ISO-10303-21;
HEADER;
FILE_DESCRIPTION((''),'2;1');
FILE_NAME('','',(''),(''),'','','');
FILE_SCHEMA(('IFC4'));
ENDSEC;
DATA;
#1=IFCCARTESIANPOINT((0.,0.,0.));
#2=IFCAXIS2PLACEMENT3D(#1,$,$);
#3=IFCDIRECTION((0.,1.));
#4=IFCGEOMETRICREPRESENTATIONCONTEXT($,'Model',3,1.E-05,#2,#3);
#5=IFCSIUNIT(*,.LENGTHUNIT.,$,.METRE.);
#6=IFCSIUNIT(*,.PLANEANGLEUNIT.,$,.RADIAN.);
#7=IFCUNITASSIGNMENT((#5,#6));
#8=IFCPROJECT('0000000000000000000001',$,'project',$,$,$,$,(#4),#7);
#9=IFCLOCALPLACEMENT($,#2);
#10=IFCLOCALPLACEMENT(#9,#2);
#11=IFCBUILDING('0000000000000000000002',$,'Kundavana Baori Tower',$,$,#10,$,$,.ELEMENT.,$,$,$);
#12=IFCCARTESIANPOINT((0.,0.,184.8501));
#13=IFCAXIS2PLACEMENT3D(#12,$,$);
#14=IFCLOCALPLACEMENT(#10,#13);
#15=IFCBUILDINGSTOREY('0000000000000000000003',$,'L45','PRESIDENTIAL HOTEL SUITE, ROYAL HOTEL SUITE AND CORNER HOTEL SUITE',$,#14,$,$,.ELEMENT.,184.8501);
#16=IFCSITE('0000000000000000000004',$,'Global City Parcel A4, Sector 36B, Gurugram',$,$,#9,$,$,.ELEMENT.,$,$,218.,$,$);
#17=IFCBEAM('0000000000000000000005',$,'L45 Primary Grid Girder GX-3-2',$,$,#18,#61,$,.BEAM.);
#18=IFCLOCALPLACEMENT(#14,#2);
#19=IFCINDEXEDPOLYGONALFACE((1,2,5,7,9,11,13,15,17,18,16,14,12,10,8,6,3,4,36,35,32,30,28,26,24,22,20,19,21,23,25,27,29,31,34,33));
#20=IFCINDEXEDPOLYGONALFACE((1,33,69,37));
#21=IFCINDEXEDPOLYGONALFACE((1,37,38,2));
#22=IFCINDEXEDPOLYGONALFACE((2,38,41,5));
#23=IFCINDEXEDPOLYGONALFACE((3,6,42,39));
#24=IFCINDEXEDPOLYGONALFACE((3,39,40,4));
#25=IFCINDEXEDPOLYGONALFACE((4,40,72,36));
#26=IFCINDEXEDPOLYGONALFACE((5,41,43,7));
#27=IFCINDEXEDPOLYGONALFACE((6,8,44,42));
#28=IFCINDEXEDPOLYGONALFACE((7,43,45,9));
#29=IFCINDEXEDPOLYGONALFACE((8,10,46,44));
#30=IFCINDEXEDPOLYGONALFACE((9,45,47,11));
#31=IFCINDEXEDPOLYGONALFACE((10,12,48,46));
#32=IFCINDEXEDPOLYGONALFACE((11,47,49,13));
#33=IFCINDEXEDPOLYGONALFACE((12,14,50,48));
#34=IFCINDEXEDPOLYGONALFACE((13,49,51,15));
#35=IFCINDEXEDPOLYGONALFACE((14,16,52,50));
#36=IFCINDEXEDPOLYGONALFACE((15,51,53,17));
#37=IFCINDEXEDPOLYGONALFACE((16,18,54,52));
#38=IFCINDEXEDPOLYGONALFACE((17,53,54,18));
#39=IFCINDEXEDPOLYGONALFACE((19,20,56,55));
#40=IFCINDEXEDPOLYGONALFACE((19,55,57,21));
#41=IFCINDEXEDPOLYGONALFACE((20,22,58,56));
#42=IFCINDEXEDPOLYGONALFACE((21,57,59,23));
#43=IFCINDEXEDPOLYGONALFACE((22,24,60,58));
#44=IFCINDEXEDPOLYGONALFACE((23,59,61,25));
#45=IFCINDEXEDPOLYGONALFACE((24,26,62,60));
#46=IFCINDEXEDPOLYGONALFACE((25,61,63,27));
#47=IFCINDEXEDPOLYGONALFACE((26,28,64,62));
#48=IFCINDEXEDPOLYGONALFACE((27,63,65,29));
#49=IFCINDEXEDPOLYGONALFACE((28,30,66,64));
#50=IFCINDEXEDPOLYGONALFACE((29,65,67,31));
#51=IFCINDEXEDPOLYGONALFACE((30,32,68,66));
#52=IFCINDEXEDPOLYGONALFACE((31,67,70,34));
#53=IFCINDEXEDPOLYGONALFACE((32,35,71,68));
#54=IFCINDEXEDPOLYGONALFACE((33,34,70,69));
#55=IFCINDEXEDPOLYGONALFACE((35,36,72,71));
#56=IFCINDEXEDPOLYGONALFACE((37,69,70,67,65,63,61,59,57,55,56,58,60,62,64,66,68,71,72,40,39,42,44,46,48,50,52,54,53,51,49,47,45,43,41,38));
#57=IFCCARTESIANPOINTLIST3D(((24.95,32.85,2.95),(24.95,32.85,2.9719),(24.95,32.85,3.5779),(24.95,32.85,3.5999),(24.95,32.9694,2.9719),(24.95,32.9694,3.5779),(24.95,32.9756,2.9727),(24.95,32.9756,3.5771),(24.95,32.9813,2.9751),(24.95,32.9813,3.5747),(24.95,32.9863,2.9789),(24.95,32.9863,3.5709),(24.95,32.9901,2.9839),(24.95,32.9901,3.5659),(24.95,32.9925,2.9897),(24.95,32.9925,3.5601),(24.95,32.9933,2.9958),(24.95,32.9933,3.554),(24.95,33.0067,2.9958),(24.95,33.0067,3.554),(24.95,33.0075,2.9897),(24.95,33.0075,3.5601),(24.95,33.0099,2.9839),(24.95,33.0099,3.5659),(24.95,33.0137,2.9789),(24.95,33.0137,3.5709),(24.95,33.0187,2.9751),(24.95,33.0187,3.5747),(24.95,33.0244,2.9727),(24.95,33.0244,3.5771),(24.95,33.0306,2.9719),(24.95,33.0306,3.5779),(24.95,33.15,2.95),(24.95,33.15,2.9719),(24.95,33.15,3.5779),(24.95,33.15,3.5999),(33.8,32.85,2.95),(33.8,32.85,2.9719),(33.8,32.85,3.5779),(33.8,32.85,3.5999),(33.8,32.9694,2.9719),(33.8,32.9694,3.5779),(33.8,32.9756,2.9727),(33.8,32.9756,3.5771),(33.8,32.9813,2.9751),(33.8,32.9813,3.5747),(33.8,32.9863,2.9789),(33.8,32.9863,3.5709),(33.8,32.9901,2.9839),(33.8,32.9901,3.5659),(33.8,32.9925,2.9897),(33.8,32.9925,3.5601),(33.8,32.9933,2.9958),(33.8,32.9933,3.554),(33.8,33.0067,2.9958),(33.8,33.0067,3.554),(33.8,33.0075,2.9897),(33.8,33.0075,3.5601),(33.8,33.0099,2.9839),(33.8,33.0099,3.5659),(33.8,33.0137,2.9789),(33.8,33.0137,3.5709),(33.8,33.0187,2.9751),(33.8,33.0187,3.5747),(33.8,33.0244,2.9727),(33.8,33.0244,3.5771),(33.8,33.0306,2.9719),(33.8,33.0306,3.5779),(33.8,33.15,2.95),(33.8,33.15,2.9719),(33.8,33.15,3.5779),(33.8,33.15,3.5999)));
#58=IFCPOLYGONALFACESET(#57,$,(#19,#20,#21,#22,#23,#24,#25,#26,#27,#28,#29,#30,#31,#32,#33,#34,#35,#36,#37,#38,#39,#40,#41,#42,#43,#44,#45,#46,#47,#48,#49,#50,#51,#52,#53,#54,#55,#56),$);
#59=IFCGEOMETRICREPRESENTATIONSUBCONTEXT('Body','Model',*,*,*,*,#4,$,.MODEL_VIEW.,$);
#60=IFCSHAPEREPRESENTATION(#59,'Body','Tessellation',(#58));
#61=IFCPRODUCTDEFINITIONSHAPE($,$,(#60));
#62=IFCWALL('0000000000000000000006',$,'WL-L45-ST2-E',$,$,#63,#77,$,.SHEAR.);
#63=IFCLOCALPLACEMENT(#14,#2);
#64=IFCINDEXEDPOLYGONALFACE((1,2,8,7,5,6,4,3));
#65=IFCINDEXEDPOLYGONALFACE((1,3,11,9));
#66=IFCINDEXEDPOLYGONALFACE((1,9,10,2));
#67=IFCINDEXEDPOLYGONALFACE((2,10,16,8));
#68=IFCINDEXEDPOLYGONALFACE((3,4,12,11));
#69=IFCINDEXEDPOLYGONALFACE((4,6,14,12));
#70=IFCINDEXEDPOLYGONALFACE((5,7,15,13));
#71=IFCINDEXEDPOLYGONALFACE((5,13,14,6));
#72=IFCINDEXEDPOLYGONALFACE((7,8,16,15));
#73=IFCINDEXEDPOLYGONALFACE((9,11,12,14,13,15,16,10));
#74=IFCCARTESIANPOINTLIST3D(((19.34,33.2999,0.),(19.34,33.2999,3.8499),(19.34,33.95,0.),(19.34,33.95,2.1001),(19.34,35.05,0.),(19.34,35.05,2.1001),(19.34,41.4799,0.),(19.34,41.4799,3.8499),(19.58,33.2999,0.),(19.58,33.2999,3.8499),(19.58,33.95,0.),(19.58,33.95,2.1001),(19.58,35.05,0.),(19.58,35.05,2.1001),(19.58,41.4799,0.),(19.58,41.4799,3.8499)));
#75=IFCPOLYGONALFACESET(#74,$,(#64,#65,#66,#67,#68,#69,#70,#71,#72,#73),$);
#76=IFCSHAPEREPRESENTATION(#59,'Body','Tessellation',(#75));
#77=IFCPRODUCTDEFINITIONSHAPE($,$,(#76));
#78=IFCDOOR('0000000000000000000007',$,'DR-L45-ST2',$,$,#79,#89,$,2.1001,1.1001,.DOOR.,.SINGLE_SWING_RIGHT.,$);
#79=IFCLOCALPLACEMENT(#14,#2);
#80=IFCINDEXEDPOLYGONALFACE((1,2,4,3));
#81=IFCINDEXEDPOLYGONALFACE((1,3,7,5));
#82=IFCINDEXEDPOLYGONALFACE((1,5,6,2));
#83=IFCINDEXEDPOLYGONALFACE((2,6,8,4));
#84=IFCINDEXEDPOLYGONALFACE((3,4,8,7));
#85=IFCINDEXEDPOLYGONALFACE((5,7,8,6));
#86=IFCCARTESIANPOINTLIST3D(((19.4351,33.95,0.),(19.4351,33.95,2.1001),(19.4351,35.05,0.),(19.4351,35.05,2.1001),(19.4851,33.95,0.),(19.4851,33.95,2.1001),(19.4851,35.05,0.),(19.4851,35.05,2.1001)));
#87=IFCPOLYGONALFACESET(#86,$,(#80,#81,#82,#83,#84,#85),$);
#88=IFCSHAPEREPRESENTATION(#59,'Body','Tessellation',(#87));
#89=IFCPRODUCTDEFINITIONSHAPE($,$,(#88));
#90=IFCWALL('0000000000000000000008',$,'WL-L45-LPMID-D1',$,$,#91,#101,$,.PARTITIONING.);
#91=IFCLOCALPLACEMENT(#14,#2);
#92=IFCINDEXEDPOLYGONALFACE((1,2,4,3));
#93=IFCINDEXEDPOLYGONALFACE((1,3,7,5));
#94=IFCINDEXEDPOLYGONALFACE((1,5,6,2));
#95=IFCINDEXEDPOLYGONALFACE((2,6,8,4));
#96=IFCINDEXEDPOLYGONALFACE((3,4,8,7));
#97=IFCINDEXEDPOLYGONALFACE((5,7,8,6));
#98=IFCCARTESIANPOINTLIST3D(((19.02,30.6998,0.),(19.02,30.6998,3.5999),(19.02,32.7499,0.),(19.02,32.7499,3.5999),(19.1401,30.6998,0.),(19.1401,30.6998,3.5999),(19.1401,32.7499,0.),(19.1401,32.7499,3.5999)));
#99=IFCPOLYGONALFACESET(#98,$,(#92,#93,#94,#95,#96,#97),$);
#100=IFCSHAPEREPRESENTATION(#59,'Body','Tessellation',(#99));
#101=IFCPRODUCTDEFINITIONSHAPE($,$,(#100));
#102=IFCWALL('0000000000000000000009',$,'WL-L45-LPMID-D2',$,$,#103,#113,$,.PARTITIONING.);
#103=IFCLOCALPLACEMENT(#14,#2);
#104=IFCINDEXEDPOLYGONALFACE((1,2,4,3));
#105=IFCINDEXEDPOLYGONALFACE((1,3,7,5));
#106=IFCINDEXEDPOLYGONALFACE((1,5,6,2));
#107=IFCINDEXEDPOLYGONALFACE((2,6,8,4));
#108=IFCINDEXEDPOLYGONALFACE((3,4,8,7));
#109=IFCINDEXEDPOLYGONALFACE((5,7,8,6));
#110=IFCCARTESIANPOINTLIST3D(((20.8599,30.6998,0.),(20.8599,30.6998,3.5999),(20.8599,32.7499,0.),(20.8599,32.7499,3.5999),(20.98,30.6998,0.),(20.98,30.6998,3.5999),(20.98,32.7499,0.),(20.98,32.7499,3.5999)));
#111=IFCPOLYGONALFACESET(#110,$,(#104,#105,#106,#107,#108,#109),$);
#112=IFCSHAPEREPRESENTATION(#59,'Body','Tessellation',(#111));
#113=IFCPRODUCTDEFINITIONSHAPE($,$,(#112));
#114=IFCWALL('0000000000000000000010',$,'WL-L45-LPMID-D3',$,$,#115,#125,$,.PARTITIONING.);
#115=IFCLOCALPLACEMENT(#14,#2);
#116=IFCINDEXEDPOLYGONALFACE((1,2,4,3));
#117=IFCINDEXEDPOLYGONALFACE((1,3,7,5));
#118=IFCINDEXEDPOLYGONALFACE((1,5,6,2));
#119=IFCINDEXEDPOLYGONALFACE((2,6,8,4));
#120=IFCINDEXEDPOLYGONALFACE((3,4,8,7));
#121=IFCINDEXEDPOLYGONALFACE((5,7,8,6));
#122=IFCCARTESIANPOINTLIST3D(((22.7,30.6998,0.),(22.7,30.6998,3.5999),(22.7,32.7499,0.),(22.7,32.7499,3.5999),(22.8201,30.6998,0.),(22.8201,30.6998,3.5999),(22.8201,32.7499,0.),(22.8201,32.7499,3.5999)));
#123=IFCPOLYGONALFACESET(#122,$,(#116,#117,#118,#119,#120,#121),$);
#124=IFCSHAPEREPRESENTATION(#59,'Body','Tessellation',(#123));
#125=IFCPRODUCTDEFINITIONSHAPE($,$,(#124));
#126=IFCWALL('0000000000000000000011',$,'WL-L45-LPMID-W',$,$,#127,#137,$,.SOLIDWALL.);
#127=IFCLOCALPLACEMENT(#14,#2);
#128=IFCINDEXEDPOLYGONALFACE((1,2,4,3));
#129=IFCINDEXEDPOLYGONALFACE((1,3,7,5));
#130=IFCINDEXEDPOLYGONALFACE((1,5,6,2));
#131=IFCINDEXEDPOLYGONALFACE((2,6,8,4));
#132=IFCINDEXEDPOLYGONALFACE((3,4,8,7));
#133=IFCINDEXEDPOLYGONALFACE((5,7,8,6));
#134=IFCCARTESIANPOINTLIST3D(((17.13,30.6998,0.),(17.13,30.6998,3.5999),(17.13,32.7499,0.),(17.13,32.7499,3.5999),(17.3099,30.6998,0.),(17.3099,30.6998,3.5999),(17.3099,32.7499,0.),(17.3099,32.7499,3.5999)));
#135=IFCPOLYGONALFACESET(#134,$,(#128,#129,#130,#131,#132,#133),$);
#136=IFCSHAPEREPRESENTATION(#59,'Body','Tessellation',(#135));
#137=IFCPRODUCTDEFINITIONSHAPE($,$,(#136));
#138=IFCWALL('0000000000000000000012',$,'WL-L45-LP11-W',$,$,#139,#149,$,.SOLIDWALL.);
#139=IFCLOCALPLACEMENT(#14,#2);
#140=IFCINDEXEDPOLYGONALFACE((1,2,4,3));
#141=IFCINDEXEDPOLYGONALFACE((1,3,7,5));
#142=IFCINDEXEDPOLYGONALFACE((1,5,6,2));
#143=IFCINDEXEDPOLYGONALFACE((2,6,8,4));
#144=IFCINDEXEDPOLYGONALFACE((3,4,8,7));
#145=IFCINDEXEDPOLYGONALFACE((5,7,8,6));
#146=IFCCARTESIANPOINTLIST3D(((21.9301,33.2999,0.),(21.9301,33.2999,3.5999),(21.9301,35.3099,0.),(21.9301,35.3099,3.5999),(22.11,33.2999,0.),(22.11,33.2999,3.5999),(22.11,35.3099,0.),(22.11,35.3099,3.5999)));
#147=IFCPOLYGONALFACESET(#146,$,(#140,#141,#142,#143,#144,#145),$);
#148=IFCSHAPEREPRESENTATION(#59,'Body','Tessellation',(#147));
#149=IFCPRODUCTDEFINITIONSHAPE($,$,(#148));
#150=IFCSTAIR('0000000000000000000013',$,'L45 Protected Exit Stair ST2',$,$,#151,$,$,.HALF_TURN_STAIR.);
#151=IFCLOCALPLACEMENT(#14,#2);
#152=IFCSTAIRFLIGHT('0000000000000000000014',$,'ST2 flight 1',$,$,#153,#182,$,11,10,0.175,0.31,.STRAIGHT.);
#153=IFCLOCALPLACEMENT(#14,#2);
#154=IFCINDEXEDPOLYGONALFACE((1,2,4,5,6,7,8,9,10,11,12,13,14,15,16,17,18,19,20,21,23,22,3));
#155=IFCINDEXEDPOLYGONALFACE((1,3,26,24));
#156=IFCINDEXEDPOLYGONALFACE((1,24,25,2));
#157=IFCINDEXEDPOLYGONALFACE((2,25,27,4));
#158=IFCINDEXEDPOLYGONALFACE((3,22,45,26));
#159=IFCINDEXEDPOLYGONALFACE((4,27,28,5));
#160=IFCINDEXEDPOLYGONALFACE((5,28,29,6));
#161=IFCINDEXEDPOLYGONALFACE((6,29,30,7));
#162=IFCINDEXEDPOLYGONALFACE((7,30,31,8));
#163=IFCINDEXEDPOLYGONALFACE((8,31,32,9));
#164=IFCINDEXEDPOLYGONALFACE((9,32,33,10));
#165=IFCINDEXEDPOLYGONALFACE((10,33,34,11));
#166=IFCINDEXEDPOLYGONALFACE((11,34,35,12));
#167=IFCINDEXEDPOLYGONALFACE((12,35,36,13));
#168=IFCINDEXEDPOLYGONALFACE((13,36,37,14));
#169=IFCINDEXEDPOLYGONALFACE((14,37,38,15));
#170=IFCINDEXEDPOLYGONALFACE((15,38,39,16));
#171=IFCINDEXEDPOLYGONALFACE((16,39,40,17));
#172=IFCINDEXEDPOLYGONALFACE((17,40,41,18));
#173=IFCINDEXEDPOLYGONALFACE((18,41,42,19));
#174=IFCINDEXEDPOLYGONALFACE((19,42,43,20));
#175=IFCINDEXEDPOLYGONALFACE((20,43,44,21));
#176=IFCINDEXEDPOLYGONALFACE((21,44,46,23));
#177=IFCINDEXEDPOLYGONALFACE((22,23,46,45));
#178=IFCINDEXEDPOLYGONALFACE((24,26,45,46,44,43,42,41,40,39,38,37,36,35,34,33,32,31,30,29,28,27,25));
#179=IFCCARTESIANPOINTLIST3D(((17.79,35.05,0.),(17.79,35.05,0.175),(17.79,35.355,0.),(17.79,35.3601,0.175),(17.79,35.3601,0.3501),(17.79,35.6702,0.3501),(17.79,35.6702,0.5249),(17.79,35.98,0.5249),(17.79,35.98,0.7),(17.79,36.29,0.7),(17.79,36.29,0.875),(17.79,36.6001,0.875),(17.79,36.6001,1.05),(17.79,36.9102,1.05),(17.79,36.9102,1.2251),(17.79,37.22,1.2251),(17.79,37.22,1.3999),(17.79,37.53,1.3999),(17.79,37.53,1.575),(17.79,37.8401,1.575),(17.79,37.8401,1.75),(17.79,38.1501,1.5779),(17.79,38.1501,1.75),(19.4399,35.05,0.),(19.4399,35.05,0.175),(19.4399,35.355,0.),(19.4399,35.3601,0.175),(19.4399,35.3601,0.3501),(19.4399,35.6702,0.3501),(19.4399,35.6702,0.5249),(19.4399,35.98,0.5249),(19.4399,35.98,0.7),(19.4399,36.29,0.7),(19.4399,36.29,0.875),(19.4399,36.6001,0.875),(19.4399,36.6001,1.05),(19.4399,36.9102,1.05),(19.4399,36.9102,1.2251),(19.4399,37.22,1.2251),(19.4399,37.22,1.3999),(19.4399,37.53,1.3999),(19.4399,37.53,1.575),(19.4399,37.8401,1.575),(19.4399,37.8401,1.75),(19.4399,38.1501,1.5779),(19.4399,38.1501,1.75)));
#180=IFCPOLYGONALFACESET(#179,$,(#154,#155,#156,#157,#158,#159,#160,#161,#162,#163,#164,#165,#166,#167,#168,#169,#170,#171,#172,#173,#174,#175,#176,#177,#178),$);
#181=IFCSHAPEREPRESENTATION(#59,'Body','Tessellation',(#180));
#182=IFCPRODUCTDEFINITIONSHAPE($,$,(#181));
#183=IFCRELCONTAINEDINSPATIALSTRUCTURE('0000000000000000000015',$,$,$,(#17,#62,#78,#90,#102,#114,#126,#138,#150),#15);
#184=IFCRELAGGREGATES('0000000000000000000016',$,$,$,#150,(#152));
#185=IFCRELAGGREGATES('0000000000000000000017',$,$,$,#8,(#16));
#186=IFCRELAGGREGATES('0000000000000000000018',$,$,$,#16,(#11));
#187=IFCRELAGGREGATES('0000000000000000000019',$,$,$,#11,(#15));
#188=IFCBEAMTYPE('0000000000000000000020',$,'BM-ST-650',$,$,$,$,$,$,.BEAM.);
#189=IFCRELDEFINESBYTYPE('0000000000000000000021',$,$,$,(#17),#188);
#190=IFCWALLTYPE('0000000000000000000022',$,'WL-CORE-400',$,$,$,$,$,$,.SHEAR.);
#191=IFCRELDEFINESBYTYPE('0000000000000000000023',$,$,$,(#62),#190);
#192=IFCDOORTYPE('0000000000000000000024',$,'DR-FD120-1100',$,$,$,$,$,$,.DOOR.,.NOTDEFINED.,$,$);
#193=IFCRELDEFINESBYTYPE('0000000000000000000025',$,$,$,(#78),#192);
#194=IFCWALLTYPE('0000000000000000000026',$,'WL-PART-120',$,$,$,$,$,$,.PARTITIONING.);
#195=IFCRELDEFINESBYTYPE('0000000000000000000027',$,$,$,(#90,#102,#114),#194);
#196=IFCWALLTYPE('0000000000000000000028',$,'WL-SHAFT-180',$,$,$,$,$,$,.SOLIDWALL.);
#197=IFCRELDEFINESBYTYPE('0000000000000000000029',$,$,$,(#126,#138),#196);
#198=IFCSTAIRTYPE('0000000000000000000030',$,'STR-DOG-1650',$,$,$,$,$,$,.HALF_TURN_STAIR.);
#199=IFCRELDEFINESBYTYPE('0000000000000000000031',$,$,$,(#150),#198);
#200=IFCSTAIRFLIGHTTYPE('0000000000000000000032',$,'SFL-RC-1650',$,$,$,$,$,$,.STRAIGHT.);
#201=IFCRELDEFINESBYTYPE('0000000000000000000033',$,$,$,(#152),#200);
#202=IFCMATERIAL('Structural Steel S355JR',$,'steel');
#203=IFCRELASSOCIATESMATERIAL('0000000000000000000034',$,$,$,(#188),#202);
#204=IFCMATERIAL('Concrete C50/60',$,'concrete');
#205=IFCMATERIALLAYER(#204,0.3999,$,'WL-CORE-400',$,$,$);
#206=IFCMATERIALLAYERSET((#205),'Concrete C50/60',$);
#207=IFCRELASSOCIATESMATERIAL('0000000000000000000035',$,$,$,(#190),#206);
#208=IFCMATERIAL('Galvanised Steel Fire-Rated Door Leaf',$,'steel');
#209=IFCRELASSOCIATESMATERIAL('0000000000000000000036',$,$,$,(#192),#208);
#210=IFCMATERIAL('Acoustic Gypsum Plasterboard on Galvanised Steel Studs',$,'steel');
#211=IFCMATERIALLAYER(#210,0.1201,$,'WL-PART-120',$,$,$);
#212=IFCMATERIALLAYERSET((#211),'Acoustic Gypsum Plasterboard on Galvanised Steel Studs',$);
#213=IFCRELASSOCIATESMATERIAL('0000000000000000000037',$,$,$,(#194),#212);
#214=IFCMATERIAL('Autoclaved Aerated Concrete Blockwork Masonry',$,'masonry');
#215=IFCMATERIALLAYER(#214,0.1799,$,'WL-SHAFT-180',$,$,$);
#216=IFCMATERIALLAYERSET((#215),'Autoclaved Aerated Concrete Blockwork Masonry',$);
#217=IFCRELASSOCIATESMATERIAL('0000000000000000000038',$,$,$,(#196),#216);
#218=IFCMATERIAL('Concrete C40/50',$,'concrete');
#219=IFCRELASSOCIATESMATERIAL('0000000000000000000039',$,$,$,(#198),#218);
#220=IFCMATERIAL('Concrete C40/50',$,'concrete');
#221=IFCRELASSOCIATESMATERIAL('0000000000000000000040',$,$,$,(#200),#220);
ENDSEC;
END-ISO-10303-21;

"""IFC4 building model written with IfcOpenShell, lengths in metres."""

from ifc_helpers import new_model, si_unit, direction, frame, frame_2d, origin, origin_2d, place, context, subcontext, project, spatial, polyline, rectangle, i_section, outline, extrude, material, layer, layer_set, material_profile, profile_set, type_object, element, fill, aggregate, save


model = new_model("IFC4")

# Units and contexts
model_context = context("Model", 3, precision=1e-05, world=origin(), true_north=direction((0.0, 1.0)))
body_context = subcontext(model_context, "Body", "Model", "MODEL_VIEW")
ifc_project = project(units=[si_unit("LENGTHUNIT", "METRE"), si_unit("PLANEANGLEUNIT", "RADIAN")], contexts=[model_context])

# Site, building, storey
site_placement = place(None, origin())
site = spatial("IfcSite", under=ifc_project, at=site_placement, Name="Global City Parcel A4, Sector 36B, Gurugram", CompositionType="ELEMENT", RefElevation=218.0)
building_placement = place(site_placement, origin())
building = spatial("IfcBuilding", under=site, at=building_placement, Name="Kundavana Baori Tower", CompositionType="ELEMENT")
storey_placement = place(building_placement, frame((0.0, 0.0, 184.8501)))
storey = spatial("IfcBuildingStorey", under=building, at=storey_placement, Name="L45", Description="PRESIDENTIAL HOTEL SUITE, ROYAL HOTEL SUITE AND CORNER HOTEL SUITE", CompositionType="ELEMENT", Elevation=184.8501)

# Beam
ifc_material_1 = material(Name="Structural Steel S355JR", Category="steel")
ifc_material_profile_1 = material_profile(ifc_material_1, i_section(OverallWidth=0.3, OverallDepth=0.6499, WebThickness=0.0134, FlangeThickness=0.022, FilletRadius=0.0239, at=origin_2d()), Name="NPB 650x300x155")
ifc_profile_set_1 = profile_set([ifc_material_profile_1], Name="Structural Steel S355JR")
beam_type_1 = type_object("IfcBeamType", Name="BM-ST-650", PredefinedType="BEAM", material=ifc_profile_set_1)
for number, where, z_axis, x_axis, name in (
    (1, (24.95, 33.0, 3.2749), (1.0, 0.0, 0.0), (0.0, 1.0, 0.0), "L45 Primary Grid Girder GX-3-2"),
):
    element("IfcBeam", number, at=place(storey_placement, frame(where, z_axis=z_axis, x_axis=x_axis)), inside=storey, type_object=beam_type_1, Name=name, PredefinedType="BEAM", context=body_context, shape_type="SweptSolid", body=[
        extrude(i_section(OverallWidth=0.3, OverallDepth=0.6499, WebThickness=0.0134, FlangeThickness=0.022, FilletRadius=0.0239, at=origin_2d()), origin(), (0.0, 0.0, 1.0), 8.8501),
    ])

# Wall, opening, door
ifc_material_2 = material(Name="Concrete C50/60", Category="concrete")
ifc_layer_1 = layer(ifc_material_2, 0.3999, Name="WL-CORE-400")
ifc_layer_set_1 = layer_set([ifc_layer_1], Name="Concrete C50/60")
wall_type_1 = type_object("IfcWallType", Name="WL-CORE-400", PredefinedType="SHEAR", material=ifc_layer_set_1)
wall_1_placement = place(storey_placement, frame((19.46, 33.3, 0.0), z_axis=(0.0, 0.0, 1.0), x_axis=(0.0, 1.0, 0.0)))
wall_1 = element("IfcWall", 2, at=wall_1_placement, inside=storey, type_object=wall_type_1, Name="WL-L45-ST2-E", PredefinedType="SHEAR", context=body_context, shape_type="SweptSolid", body=[
    extrude(rectangle(XDim=8.1799, YDim=0.24, at=frame_2d((4.0898, 0.0))), origin(), (0.0, 0.0, 1.0), 3.8499),
])
opening_placement = place(wall_1_placement, frame((0.6499, 0.0, 0.0)))
opening = element("IfcOpeningElement", 3, at=opening_placement, cuts=wall_1, PredefinedType="OPENING", context=body_context, shape_type="SweptSolid", body=[
    extrude(rectangle(XDim=1.1001, YDim=2.1001, at=frame_2d((0.55, 1.05))), frame((0.0, 0.1299, 0.0), z_axis=(0.0, -1.0, 0.0), x_axis=(1.0, 0.0, 0.0)), (0.0, 0.0, 1.0), 0.26),
])
ifc_material_3 = material(Name="Galvanised Steel Fire-Rated Door Leaf", Category="steel")
door_type = type_object("IfcDoorType", Name="DR-FD120-1100", OperationType="NOTDEFINED", PredefinedType="DOOR", material=ifc_material_3)
door_placement = place(opening_placement, origin())
door = element("IfcDoor", 4, at=door_placement, inside=storey, type_object=door_type, Name="DR-L45-ST2", OperationType="SINGLE_SWING_RIGHT", OverallHeight=2.1001, OverallWidth=1.1001, PredefinedType="DOOR", context=body_context, shape_type="SweptSolid", body=[
    extrude(rectangle(XDim=1.1001, YDim=2.1001, at=frame_2d((0.55, 1.05))), frame((0.0, 0.0249, 0.0), z_axis=(0.0, -1.0, 0.0), x_axis=(1.0, 0.0, 0.0)), (0.0, 0.0, 1.0), 0.05),
])
fill(opening, door)

# Walls
ifc_material_4 = material(Name="Acoustic Gypsum Plasterboard on Galvanised Steel Studs", Category="steel")
ifc_layer_2 = layer(ifc_material_4, 0.1201, Name="WL-PART-120")
ifc_layer_set_2 = layer_set([ifc_layer_2], Name="Acoustic Gypsum Plasterboard on Galvanised Steel Studs")
wall_type_2 = type_object("IfcWallType", Name="WL-PART-120", PredefinedType="PARTITIONING", material=ifc_layer_set_2)
for number, where, z_axis, x_axis, name in (
    (5, (19.0801, 30.7, 0.0), (0.0, 0.0, 1.0), (0.0, 1.0, 0.0), "WL-L45-LPMID-D1"),
    (6, (20.9199, 30.7, 0.0), (0.0, 0.0, 1.0), (0.0, 1.0, 0.0), "WL-L45-LPMID-D2"),
    (7, (22.76, 30.7, 0.0), (0.0, 0.0, 1.0), (0.0, 1.0, 0.0), "WL-L45-LPMID-D3"),
):
    element("IfcWall", number, at=place(storey_placement, frame(where, z_axis=z_axis, x_axis=x_axis)), inside=storey, type_object=wall_type_2, Name=name, PredefinedType="PARTITIONING", context=body_context, shape_type="SweptSolid", body=[
        extrude(rectangle(XDim=2.05, YDim=0.1201, at=frame_2d((1.0249, 0.0))), origin(), (0.0, 0.0, 1.0), 3.5999),
    ])
ifc_material_5 = material(Name="Autoclaved Aerated Concrete Blockwork Masonry", Category="masonry")
ifc_layer_3 = layer(ifc_material_5, 0.1799, Name="WL-SHAFT-180")
ifc_layer_set_3 = layer_set([ifc_layer_3], Name="Autoclaved Aerated Concrete Blockwork Masonry")
wall_type_3 = type_object("IfcWallType", Name="WL-SHAFT-180", PredefinedType="SOLIDWALL", material=ifc_layer_set_3)
wall_2_placement = place(storey_placement, frame((17.22, 30.7, 0.0), z_axis=(0.0, 0.0, 1.0), x_axis=(0.0, 1.0, 0.0)))
element("IfcWall", 8, at=wall_2_placement, inside=storey, type_object=wall_type_3, Name="WL-L45-LPMID-W", PredefinedType="SOLIDWALL", context=body_context, shape_type="SweptSolid", body=[
    extrude(rectangle(XDim=2.05, YDim=0.1799, at=frame_2d((1.0249, 0.0))), origin(), (0.0, 0.0, 1.0), 3.5999),
])
wall_3_placement = place(storey_placement, frame((22.02, 33.3, 0.0), z_axis=(0.0, 0.0, 1.0), x_axis=(0.0, 1.0, 0.0)))
element("IfcWall", 9, at=wall_3_placement, inside=storey, type_object=wall_type_3, Name="WL-L45-LP11-W", PredefinedType="SOLIDWALL", context=body_context, shape_type="SweptSolid", body=[
    extrude(rectangle(XDim=2.01, YDim=0.1799, at=frame_2d((1.0049, 0.0))), origin(), (0.0, 0.0, 1.0), 3.5999),
])

# Stair, stair flight
ifc_material_6 = material(Name="Concrete C40/50", Category="concrete")
stair_type = type_object("IfcStairType", Name="STR-DOG-1650", PredefinedType="HALF_TURN_STAIR", material=ifc_material_6)
stair_placement = place(storey_placement, origin())
stair = element("IfcStair", 10, at=stair_placement, inside=storey, type_object=stair_type, Name="L45 Protected Exit Stair ST2", PredefinedType="HALF_TURN_STAIR")
ifc_material_7 = material(Name="Concrete C40/50", Category="concrete")
stair_flight_type = type_object("IfcStairFlightType", Name="SFL-RC-1650", PredefinedType="STRAIGHT", material=ifc_material_7)
stair_flight_placement = place(storey_placement, frame((18.615, 35.05, 0.0), z_axis=(0.0, 0.0, 1.0), x_axis=(0.0, 1.0, 0.0)))
stair_flight = element("IfcStairFlight", 11, at=stair_flight_placement, type_object=stair_flight_type, Name="ST2 flight 1", NumberOfRisers=11, NumberOfTreads=10, PredefinedType="STRAIGHT", RiserHeight=0.175, TreadLength=0.31, context=body_context, shape_type="SweptSolid", body=[
    extrude(outline(polyline([(0.0, 0.0), (0.0, 0.175), (0.3101, 0.175), (0.3101, 0.3501), (0.6201, 0.3501), (0.6201, 0.5249), (0.9299, 0.5249), (0.9299, 0.7), (1.24, 0.7), (1.24, 0.875), (1.55, 0.875), (1.55, 1.05), (1.8601, 1.05), (1.8601, 1.2251), (2.1699, 1.2251), (2.1699, 1.3999), (2.48, 1.3999), (2.48, 1.575), (2.79, 1.575), (2.79, 1.75), (3.1001, 1.75), (3.1001, 1.925), (3.1001, 1.5779), (0.3049, 0.0), (0.0, 0.0)])), frame((0.0, 0.825, 0.0), z_axis=(0.0, -1.0, 0.0), x_axis=(1.0, 0.0, 0.0)), (0.0, 0.0, 1.0), 1.6499),
])
aggregate(stair, [stair_flight])

save(model, "model.ifc")
